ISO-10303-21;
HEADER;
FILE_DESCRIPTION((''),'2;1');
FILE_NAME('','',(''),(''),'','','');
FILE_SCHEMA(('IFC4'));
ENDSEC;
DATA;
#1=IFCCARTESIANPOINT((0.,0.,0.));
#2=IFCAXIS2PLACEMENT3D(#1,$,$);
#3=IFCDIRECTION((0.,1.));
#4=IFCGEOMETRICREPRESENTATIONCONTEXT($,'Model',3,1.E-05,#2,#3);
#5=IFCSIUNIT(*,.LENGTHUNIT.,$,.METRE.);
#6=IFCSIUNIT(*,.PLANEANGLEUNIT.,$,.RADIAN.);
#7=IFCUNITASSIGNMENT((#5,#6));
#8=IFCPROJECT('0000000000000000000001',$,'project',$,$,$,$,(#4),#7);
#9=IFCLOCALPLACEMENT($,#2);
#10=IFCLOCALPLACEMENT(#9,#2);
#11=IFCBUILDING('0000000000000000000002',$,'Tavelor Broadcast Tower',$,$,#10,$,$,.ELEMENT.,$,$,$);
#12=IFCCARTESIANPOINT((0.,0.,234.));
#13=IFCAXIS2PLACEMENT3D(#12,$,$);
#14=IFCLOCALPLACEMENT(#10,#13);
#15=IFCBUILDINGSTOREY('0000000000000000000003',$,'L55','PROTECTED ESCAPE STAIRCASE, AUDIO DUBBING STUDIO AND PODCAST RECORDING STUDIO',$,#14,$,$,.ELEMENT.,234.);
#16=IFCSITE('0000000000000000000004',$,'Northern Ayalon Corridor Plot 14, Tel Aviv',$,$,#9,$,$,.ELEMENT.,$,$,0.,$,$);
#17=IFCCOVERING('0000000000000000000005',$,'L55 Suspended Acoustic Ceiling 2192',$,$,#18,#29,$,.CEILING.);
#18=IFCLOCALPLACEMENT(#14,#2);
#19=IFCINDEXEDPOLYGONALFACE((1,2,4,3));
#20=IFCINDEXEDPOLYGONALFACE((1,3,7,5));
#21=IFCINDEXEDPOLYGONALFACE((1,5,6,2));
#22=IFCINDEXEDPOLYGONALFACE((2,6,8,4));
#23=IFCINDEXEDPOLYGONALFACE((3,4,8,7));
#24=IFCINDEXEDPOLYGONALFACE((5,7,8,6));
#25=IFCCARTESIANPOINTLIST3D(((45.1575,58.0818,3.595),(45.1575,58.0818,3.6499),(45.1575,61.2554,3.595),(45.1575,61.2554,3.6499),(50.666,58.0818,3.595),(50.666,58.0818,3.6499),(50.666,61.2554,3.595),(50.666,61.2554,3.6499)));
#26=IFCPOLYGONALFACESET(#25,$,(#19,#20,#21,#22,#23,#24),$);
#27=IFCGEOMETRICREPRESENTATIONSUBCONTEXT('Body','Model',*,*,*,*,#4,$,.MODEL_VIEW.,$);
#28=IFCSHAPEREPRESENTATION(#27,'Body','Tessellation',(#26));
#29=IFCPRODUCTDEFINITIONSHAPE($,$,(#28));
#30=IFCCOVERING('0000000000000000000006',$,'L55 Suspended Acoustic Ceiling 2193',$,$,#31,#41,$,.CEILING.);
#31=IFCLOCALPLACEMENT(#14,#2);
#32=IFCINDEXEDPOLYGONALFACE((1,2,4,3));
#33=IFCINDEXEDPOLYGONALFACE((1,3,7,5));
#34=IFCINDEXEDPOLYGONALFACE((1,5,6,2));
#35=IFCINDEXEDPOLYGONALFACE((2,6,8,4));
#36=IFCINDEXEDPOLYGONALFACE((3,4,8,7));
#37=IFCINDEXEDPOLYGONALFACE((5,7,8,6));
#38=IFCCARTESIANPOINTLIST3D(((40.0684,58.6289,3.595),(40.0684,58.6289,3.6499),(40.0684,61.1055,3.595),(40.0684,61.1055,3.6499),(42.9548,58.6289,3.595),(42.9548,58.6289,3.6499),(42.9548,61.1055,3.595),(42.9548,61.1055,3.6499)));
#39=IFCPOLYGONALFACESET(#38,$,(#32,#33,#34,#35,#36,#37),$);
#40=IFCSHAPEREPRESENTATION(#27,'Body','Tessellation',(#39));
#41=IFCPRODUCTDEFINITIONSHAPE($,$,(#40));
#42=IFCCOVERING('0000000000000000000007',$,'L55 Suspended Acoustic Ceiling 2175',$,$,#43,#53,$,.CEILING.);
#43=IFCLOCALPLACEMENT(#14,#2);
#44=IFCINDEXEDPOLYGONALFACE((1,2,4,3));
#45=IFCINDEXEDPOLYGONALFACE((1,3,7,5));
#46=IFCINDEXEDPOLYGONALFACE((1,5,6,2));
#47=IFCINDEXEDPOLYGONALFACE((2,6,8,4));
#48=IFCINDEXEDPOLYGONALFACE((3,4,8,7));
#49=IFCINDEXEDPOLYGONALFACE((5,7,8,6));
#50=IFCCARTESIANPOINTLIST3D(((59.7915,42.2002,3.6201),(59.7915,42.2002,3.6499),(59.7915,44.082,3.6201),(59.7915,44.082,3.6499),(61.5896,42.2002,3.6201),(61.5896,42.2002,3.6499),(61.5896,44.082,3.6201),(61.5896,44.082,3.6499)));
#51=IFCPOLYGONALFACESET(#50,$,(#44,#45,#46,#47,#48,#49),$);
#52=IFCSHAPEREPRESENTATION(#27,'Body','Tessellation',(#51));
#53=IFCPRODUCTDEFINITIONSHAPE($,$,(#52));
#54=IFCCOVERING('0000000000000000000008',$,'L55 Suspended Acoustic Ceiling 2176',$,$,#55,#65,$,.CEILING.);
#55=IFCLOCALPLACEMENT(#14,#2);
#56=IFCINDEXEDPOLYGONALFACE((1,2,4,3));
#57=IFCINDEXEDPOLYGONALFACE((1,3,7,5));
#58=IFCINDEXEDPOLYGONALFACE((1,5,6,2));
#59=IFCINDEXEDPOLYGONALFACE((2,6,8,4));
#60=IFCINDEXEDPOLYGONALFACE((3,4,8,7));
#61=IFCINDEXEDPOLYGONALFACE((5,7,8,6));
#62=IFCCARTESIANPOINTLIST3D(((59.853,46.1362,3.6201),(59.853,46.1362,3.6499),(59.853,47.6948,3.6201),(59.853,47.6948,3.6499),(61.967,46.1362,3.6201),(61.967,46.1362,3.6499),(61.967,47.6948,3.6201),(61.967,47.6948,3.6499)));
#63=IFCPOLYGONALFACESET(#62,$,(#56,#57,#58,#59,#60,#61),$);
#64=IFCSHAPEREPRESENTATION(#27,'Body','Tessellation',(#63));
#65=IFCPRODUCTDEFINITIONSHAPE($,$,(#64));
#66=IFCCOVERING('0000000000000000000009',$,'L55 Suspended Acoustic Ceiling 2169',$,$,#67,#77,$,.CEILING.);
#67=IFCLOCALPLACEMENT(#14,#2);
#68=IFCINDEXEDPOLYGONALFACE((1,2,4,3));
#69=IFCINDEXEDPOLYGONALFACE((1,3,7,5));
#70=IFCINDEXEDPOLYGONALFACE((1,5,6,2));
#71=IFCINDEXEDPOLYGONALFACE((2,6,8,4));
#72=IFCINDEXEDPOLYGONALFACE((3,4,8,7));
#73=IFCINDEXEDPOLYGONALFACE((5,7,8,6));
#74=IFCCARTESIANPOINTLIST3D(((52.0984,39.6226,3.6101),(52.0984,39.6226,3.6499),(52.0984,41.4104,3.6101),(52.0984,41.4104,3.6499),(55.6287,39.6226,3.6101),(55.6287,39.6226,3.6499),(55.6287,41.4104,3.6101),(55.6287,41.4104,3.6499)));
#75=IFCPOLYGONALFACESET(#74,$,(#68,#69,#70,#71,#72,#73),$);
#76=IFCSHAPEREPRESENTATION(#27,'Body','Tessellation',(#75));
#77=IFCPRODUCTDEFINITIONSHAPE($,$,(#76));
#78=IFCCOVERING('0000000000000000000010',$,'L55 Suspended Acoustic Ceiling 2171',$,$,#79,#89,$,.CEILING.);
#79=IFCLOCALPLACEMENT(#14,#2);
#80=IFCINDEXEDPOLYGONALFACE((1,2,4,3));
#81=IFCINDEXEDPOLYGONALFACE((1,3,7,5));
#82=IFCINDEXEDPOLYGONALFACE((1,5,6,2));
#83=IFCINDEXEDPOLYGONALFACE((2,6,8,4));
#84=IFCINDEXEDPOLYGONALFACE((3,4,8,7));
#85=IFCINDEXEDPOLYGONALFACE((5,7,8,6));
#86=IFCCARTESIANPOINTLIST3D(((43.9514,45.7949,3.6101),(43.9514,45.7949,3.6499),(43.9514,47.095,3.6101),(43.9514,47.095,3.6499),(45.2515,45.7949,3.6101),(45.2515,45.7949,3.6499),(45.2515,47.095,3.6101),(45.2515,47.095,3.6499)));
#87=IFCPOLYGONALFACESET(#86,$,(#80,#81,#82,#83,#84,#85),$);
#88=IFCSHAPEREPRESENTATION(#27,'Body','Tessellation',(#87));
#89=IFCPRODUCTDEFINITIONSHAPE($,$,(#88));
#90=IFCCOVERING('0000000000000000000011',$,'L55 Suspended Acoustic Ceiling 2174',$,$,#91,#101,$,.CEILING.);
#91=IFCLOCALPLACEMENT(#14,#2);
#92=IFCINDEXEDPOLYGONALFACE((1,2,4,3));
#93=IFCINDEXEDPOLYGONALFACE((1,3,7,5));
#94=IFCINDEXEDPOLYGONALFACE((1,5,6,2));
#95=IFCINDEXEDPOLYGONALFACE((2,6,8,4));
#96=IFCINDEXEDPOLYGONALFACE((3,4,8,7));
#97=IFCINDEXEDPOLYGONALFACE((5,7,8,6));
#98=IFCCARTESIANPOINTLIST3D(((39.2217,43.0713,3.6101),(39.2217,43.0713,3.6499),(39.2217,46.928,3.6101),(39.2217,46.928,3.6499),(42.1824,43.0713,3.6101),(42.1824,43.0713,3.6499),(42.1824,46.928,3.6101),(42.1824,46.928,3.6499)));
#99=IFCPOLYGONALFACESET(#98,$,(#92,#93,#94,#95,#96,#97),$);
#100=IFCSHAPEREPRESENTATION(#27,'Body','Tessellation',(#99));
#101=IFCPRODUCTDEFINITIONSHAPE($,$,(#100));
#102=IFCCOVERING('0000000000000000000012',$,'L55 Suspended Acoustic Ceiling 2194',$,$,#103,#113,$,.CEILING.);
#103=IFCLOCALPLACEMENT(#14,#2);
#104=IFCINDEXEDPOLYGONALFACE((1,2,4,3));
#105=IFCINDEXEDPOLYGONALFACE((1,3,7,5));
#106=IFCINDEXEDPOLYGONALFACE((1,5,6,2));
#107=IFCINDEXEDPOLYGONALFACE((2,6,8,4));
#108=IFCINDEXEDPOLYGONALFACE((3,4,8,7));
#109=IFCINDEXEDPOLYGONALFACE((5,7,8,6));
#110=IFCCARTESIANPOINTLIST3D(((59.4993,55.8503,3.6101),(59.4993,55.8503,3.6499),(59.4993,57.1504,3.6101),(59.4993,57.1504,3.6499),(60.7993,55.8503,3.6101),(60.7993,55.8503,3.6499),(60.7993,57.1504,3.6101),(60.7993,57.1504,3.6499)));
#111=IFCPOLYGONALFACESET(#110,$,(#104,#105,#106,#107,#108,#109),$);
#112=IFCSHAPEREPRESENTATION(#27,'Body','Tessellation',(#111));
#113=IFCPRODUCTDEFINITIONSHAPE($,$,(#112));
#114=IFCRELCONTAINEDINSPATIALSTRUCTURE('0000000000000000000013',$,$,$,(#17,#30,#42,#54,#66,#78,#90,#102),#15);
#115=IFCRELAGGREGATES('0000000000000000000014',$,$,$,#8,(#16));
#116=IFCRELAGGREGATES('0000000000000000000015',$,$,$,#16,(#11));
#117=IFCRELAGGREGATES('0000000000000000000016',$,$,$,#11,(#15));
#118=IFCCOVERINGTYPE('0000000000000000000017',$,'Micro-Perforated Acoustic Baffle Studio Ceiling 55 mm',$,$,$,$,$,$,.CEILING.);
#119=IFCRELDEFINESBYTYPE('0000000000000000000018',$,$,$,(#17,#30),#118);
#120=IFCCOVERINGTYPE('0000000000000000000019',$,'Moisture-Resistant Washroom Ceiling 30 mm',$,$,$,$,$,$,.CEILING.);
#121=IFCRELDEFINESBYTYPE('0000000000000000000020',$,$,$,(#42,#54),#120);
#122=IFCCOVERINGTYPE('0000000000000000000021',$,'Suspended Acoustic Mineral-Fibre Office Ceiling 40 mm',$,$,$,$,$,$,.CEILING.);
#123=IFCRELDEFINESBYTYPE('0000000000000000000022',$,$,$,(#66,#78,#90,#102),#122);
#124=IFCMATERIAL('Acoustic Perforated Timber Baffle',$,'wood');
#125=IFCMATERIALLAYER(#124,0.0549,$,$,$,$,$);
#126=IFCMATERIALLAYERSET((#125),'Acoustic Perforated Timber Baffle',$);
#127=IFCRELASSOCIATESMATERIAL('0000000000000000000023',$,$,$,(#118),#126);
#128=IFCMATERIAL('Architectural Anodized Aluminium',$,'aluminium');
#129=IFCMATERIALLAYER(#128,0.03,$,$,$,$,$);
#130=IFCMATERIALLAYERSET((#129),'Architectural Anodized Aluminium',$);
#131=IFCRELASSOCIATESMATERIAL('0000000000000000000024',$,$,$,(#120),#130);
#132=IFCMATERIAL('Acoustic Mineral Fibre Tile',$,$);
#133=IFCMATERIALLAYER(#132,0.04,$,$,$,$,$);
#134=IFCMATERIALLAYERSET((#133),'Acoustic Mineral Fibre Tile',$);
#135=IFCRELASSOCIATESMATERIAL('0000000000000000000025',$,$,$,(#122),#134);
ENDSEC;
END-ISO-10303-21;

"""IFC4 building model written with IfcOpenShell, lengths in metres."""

from ifc_helpers import new_model, si_unit, direction, frame, origin, place, context, subcontext, project, spatial, polyline, outline, extrude, material, layer, layer_set, type_object, element, save


model = new_model("IFC4")

# Units and contexts
model_context = context("Model", 3, precision=1e-05, world=origin(), true_north=direction((0.0, 1.0)))
body_context = subcontext(model_context, "Body", "Model", "MODEL_VIEW")
ifc_project = project(units=[si_unit("LENGTHUNIT", "METRE"), si_unit("PLANEANGLEUNIT", "RADIAN")], contexts=[model_context])

# Site, building, storey
site_placement = place(None, origin())
site = spatial("IfcSite", under=ifc_project, at=site_placement, Name="Northern Ayalon Corridor Plot 14, Tel Aviv", CompositionType="ELEMENT", RefElevation=0.0)
building_placement = place(site_placement, origin())
building = spatial("IfcBuilding", under=site, at=building_placement, Name="Tavelor Broadcast Tower", CompositionType="ELEMENT")
storey_placement = place(building_placement, frame((0.0, 0.0, 234.0)))
storey = spatial("IfcBuildingStorey", under=building, at=storey_placement, Name="L55", Description="PROTECTED ESCAPE STAIRCASE, AUDIO DUBBING STUDIO AND PODCAST RECORDING STUDIO", CompositionType="ELEMENT", Elevation=234.0)

# Coverings
ifc_material_1 = material(Name="Architectural Anodized Aluminium", Category="aluminium")
ifc_material_2 = material(Name="Acoustic Perforated Timber Baffle", Category="wood")
ifc_layer_1 = layer(ifc_material_2, 0.0549)
ifc_layer_set_1 = layer_set([ifc_layer_1], Name="Acoustic Perforated Timber Baffle")
covering_type_1 = type_object("IfcCoveringType", Name="Micro-Perforated Acoustic Baffle Studio Ceiling 55 mm", PredefinedType="CEILING", material=ifc_layer_set_1)
covering_1_placement = place(storey_placement, frame((0.0, 0.0, 3.595)))
element("IfcCovering", 1, at=covering_1_placement, inside=storey, type_object=covering_type_1, Name="L55 Suspended Acoustic Ceiling 2192", PredefinedType="CEILING", context=body_context, shape_type="SweptSolid", body=[
    extrude(outline(polyline([(45.1575, 58.0818), (50.666, 58.0818), (50.666, 61.2554), (45.1575, 61.2554), (45.1575, 58.0818)])), origin(), (0.0, 0.0, 1.0), 0.0549),
])
covering_2_placement = place(storey_placement, frame((0.0, 0.0, 3.595)))
element("IfcCovering", 2, at=covering_2_placement, inside=storey, type_object=covering_type_1, Name="L55 Suspended Acoustic Ceiling 2193", PredefinedType="CEILING", context=body_context, shape_type="SweptSolid", body=[
    extrude(outline(polyline([(40.0684, 58.6289), (42.9548, 58.6289), (42.9548, 61.1055), (40.0684, 61.1055), (40.0684, 58.6289)])), origin(), (0.0, 0.0, 1.0), 0.0549),
])
ifc_layer_2 = layer(ifc_material_1, 0.03)
ifc_layer_set_2 = layer_set([ifc_layer_2], Name="Architectural Anodized Aluminium")
covering_type_2 = type_object("IfcCoveringType", Name="Moisture-Resistant Washroom Ceiling 30 mm", PredefinedType="CEILING", material=ifc_layer_set_2)
covering_3_placement = place(storey_placement, frame((0.0, 0.0, 3.6201)))
element("IfcCovering", 3, at=covering_3_placement, inside=storey, type_object=covering_type_2, Name="L55 Suspended Acoustic Ceiling 2175", PredefinedType="CEILING", context=body_context, shape_type="SweptSolid", body=[
    extrude(outline(polyline([(59.7915, 42.2002), (61.5896, 42.2002), (61.5896, 44.082), (59.7915, 44.082), (59.7915, 42.2002)])), origin(), (0.0, 0.0, 1.0), 0.0298),
])
covering_4_placement = place(storey_placement, frame((0.0, 0.0, 3.6201)))
element("IfcCovering", 4, at=covering_4_placement, inside=storey, type_object=covering_type_2, Name="L55 Suspended Acoustic Ceiling 2176", PredefinedType="CEILING", context=body_context, shape_type="SweptSolid", body=[
    extrude(outline(polyline([(59.853, 46.1362), (61.967, 46.1362), (61.967, 47.6948), (59.853, 47.6948), (59.853, 46.1362)])), origin(), (0.0, 0.0, 1.0), 0.0298),
])
ifc_material_3 = material(Name="Acoustic Mineral Fibre Tile")
ifc_layer_3 = layer(ifc_material_3, 0.04)
ifc_layer_set_3 = layer_set([ifc_layer_3], Name="Acoustic Mineral Fibre Tile")
covering_type_3 = type_object("IfcCoveringType", Name="Suspended Acoustic Mineral-Fibre Office Ceiling 40 mm", PredefinedType="CEILING", material=ifc_layer_set_3)
covering_5_placement = place(storey_placement, frame((0.0, 0.0, 3.6101)))
element("IfcCovering", 5, at=covering_5_placement, inside=storey, type_object=covering_type_3, Name="L55 Suspended Acoustic Ceiling 2169", PredefinedType="CEILING", context=body_context, shape_type="SweptSolid", body=[
    extrude(outline(polyline([(52.0984, 39.6226), (55.6287, 39.6226), (55.6287, 41.4104), (52.0984, 41.4104), (52.0984, 39.6226)])), origin(), (0.0, 0.0, 1.0), 0.0398),
])
covering_6_placement = place(storey_placement, frame((0.0, 0.0, 3.6101)))
element("IfcCovering", 6, at=covering_6_placement, inside=storey, type_object=covering_type_3, Name="L55 Suspended Acoustic Ceiling 2171", PredefinedType="CEILING", context=body_context, shape_type="SweptSolid", body=[
    extrude(outline(polyline([(43.9514, 45.7949), (45.2515, 45.7949), (45.2515, 47.095), (43.9514, 47.095), (43.9514, 45.7949)])), origin(), (0.0, 0.0, 1.0), 0.0398),
])
covering_7_placement = place(storey_placement, frame((0.0, 0.0, 3.6101)))
element("IfcCovering", 7, at=covering_7_placement, inside=storey, type_object=covering_type_3, Name="L55 Suspended Acoustic Ceiling 2174", PredefinedType="CEILING", context=body_context, shape_type="SweptSolid", body=[
    extrude(outline(polyline([(39.2217, 43.0713), (42.1824, 43.0713), (42.1824, 46.928), (39.2217, 46.928), (39.2217, 43.0713)])), origin(), (0.0, 0.0, 1.0), 0.0398),
])
covering_8_placement = place(storey_placement, frame((0.0, 0.0, 3.6101)))
element("IfcCovering", 8, at=covering_8_placement, inside=storey, type_object=covering_type_3, Name="L55 Suspended Acoustic Ceiling 2194", PredefinedType="CEILING", context=body_context, shape_type="SweptSolid", body=[
    extrude(outline(polyline([(59.4993, 55.8503), (60.7993, 55.8503), (60.7993, 57.1504), (59.4993, 57.1504), (59.4993, 55.8503)])), origin(), (0.0, 0.0, 1.0), 0.0398),
])

save(model, "model.ifc")
